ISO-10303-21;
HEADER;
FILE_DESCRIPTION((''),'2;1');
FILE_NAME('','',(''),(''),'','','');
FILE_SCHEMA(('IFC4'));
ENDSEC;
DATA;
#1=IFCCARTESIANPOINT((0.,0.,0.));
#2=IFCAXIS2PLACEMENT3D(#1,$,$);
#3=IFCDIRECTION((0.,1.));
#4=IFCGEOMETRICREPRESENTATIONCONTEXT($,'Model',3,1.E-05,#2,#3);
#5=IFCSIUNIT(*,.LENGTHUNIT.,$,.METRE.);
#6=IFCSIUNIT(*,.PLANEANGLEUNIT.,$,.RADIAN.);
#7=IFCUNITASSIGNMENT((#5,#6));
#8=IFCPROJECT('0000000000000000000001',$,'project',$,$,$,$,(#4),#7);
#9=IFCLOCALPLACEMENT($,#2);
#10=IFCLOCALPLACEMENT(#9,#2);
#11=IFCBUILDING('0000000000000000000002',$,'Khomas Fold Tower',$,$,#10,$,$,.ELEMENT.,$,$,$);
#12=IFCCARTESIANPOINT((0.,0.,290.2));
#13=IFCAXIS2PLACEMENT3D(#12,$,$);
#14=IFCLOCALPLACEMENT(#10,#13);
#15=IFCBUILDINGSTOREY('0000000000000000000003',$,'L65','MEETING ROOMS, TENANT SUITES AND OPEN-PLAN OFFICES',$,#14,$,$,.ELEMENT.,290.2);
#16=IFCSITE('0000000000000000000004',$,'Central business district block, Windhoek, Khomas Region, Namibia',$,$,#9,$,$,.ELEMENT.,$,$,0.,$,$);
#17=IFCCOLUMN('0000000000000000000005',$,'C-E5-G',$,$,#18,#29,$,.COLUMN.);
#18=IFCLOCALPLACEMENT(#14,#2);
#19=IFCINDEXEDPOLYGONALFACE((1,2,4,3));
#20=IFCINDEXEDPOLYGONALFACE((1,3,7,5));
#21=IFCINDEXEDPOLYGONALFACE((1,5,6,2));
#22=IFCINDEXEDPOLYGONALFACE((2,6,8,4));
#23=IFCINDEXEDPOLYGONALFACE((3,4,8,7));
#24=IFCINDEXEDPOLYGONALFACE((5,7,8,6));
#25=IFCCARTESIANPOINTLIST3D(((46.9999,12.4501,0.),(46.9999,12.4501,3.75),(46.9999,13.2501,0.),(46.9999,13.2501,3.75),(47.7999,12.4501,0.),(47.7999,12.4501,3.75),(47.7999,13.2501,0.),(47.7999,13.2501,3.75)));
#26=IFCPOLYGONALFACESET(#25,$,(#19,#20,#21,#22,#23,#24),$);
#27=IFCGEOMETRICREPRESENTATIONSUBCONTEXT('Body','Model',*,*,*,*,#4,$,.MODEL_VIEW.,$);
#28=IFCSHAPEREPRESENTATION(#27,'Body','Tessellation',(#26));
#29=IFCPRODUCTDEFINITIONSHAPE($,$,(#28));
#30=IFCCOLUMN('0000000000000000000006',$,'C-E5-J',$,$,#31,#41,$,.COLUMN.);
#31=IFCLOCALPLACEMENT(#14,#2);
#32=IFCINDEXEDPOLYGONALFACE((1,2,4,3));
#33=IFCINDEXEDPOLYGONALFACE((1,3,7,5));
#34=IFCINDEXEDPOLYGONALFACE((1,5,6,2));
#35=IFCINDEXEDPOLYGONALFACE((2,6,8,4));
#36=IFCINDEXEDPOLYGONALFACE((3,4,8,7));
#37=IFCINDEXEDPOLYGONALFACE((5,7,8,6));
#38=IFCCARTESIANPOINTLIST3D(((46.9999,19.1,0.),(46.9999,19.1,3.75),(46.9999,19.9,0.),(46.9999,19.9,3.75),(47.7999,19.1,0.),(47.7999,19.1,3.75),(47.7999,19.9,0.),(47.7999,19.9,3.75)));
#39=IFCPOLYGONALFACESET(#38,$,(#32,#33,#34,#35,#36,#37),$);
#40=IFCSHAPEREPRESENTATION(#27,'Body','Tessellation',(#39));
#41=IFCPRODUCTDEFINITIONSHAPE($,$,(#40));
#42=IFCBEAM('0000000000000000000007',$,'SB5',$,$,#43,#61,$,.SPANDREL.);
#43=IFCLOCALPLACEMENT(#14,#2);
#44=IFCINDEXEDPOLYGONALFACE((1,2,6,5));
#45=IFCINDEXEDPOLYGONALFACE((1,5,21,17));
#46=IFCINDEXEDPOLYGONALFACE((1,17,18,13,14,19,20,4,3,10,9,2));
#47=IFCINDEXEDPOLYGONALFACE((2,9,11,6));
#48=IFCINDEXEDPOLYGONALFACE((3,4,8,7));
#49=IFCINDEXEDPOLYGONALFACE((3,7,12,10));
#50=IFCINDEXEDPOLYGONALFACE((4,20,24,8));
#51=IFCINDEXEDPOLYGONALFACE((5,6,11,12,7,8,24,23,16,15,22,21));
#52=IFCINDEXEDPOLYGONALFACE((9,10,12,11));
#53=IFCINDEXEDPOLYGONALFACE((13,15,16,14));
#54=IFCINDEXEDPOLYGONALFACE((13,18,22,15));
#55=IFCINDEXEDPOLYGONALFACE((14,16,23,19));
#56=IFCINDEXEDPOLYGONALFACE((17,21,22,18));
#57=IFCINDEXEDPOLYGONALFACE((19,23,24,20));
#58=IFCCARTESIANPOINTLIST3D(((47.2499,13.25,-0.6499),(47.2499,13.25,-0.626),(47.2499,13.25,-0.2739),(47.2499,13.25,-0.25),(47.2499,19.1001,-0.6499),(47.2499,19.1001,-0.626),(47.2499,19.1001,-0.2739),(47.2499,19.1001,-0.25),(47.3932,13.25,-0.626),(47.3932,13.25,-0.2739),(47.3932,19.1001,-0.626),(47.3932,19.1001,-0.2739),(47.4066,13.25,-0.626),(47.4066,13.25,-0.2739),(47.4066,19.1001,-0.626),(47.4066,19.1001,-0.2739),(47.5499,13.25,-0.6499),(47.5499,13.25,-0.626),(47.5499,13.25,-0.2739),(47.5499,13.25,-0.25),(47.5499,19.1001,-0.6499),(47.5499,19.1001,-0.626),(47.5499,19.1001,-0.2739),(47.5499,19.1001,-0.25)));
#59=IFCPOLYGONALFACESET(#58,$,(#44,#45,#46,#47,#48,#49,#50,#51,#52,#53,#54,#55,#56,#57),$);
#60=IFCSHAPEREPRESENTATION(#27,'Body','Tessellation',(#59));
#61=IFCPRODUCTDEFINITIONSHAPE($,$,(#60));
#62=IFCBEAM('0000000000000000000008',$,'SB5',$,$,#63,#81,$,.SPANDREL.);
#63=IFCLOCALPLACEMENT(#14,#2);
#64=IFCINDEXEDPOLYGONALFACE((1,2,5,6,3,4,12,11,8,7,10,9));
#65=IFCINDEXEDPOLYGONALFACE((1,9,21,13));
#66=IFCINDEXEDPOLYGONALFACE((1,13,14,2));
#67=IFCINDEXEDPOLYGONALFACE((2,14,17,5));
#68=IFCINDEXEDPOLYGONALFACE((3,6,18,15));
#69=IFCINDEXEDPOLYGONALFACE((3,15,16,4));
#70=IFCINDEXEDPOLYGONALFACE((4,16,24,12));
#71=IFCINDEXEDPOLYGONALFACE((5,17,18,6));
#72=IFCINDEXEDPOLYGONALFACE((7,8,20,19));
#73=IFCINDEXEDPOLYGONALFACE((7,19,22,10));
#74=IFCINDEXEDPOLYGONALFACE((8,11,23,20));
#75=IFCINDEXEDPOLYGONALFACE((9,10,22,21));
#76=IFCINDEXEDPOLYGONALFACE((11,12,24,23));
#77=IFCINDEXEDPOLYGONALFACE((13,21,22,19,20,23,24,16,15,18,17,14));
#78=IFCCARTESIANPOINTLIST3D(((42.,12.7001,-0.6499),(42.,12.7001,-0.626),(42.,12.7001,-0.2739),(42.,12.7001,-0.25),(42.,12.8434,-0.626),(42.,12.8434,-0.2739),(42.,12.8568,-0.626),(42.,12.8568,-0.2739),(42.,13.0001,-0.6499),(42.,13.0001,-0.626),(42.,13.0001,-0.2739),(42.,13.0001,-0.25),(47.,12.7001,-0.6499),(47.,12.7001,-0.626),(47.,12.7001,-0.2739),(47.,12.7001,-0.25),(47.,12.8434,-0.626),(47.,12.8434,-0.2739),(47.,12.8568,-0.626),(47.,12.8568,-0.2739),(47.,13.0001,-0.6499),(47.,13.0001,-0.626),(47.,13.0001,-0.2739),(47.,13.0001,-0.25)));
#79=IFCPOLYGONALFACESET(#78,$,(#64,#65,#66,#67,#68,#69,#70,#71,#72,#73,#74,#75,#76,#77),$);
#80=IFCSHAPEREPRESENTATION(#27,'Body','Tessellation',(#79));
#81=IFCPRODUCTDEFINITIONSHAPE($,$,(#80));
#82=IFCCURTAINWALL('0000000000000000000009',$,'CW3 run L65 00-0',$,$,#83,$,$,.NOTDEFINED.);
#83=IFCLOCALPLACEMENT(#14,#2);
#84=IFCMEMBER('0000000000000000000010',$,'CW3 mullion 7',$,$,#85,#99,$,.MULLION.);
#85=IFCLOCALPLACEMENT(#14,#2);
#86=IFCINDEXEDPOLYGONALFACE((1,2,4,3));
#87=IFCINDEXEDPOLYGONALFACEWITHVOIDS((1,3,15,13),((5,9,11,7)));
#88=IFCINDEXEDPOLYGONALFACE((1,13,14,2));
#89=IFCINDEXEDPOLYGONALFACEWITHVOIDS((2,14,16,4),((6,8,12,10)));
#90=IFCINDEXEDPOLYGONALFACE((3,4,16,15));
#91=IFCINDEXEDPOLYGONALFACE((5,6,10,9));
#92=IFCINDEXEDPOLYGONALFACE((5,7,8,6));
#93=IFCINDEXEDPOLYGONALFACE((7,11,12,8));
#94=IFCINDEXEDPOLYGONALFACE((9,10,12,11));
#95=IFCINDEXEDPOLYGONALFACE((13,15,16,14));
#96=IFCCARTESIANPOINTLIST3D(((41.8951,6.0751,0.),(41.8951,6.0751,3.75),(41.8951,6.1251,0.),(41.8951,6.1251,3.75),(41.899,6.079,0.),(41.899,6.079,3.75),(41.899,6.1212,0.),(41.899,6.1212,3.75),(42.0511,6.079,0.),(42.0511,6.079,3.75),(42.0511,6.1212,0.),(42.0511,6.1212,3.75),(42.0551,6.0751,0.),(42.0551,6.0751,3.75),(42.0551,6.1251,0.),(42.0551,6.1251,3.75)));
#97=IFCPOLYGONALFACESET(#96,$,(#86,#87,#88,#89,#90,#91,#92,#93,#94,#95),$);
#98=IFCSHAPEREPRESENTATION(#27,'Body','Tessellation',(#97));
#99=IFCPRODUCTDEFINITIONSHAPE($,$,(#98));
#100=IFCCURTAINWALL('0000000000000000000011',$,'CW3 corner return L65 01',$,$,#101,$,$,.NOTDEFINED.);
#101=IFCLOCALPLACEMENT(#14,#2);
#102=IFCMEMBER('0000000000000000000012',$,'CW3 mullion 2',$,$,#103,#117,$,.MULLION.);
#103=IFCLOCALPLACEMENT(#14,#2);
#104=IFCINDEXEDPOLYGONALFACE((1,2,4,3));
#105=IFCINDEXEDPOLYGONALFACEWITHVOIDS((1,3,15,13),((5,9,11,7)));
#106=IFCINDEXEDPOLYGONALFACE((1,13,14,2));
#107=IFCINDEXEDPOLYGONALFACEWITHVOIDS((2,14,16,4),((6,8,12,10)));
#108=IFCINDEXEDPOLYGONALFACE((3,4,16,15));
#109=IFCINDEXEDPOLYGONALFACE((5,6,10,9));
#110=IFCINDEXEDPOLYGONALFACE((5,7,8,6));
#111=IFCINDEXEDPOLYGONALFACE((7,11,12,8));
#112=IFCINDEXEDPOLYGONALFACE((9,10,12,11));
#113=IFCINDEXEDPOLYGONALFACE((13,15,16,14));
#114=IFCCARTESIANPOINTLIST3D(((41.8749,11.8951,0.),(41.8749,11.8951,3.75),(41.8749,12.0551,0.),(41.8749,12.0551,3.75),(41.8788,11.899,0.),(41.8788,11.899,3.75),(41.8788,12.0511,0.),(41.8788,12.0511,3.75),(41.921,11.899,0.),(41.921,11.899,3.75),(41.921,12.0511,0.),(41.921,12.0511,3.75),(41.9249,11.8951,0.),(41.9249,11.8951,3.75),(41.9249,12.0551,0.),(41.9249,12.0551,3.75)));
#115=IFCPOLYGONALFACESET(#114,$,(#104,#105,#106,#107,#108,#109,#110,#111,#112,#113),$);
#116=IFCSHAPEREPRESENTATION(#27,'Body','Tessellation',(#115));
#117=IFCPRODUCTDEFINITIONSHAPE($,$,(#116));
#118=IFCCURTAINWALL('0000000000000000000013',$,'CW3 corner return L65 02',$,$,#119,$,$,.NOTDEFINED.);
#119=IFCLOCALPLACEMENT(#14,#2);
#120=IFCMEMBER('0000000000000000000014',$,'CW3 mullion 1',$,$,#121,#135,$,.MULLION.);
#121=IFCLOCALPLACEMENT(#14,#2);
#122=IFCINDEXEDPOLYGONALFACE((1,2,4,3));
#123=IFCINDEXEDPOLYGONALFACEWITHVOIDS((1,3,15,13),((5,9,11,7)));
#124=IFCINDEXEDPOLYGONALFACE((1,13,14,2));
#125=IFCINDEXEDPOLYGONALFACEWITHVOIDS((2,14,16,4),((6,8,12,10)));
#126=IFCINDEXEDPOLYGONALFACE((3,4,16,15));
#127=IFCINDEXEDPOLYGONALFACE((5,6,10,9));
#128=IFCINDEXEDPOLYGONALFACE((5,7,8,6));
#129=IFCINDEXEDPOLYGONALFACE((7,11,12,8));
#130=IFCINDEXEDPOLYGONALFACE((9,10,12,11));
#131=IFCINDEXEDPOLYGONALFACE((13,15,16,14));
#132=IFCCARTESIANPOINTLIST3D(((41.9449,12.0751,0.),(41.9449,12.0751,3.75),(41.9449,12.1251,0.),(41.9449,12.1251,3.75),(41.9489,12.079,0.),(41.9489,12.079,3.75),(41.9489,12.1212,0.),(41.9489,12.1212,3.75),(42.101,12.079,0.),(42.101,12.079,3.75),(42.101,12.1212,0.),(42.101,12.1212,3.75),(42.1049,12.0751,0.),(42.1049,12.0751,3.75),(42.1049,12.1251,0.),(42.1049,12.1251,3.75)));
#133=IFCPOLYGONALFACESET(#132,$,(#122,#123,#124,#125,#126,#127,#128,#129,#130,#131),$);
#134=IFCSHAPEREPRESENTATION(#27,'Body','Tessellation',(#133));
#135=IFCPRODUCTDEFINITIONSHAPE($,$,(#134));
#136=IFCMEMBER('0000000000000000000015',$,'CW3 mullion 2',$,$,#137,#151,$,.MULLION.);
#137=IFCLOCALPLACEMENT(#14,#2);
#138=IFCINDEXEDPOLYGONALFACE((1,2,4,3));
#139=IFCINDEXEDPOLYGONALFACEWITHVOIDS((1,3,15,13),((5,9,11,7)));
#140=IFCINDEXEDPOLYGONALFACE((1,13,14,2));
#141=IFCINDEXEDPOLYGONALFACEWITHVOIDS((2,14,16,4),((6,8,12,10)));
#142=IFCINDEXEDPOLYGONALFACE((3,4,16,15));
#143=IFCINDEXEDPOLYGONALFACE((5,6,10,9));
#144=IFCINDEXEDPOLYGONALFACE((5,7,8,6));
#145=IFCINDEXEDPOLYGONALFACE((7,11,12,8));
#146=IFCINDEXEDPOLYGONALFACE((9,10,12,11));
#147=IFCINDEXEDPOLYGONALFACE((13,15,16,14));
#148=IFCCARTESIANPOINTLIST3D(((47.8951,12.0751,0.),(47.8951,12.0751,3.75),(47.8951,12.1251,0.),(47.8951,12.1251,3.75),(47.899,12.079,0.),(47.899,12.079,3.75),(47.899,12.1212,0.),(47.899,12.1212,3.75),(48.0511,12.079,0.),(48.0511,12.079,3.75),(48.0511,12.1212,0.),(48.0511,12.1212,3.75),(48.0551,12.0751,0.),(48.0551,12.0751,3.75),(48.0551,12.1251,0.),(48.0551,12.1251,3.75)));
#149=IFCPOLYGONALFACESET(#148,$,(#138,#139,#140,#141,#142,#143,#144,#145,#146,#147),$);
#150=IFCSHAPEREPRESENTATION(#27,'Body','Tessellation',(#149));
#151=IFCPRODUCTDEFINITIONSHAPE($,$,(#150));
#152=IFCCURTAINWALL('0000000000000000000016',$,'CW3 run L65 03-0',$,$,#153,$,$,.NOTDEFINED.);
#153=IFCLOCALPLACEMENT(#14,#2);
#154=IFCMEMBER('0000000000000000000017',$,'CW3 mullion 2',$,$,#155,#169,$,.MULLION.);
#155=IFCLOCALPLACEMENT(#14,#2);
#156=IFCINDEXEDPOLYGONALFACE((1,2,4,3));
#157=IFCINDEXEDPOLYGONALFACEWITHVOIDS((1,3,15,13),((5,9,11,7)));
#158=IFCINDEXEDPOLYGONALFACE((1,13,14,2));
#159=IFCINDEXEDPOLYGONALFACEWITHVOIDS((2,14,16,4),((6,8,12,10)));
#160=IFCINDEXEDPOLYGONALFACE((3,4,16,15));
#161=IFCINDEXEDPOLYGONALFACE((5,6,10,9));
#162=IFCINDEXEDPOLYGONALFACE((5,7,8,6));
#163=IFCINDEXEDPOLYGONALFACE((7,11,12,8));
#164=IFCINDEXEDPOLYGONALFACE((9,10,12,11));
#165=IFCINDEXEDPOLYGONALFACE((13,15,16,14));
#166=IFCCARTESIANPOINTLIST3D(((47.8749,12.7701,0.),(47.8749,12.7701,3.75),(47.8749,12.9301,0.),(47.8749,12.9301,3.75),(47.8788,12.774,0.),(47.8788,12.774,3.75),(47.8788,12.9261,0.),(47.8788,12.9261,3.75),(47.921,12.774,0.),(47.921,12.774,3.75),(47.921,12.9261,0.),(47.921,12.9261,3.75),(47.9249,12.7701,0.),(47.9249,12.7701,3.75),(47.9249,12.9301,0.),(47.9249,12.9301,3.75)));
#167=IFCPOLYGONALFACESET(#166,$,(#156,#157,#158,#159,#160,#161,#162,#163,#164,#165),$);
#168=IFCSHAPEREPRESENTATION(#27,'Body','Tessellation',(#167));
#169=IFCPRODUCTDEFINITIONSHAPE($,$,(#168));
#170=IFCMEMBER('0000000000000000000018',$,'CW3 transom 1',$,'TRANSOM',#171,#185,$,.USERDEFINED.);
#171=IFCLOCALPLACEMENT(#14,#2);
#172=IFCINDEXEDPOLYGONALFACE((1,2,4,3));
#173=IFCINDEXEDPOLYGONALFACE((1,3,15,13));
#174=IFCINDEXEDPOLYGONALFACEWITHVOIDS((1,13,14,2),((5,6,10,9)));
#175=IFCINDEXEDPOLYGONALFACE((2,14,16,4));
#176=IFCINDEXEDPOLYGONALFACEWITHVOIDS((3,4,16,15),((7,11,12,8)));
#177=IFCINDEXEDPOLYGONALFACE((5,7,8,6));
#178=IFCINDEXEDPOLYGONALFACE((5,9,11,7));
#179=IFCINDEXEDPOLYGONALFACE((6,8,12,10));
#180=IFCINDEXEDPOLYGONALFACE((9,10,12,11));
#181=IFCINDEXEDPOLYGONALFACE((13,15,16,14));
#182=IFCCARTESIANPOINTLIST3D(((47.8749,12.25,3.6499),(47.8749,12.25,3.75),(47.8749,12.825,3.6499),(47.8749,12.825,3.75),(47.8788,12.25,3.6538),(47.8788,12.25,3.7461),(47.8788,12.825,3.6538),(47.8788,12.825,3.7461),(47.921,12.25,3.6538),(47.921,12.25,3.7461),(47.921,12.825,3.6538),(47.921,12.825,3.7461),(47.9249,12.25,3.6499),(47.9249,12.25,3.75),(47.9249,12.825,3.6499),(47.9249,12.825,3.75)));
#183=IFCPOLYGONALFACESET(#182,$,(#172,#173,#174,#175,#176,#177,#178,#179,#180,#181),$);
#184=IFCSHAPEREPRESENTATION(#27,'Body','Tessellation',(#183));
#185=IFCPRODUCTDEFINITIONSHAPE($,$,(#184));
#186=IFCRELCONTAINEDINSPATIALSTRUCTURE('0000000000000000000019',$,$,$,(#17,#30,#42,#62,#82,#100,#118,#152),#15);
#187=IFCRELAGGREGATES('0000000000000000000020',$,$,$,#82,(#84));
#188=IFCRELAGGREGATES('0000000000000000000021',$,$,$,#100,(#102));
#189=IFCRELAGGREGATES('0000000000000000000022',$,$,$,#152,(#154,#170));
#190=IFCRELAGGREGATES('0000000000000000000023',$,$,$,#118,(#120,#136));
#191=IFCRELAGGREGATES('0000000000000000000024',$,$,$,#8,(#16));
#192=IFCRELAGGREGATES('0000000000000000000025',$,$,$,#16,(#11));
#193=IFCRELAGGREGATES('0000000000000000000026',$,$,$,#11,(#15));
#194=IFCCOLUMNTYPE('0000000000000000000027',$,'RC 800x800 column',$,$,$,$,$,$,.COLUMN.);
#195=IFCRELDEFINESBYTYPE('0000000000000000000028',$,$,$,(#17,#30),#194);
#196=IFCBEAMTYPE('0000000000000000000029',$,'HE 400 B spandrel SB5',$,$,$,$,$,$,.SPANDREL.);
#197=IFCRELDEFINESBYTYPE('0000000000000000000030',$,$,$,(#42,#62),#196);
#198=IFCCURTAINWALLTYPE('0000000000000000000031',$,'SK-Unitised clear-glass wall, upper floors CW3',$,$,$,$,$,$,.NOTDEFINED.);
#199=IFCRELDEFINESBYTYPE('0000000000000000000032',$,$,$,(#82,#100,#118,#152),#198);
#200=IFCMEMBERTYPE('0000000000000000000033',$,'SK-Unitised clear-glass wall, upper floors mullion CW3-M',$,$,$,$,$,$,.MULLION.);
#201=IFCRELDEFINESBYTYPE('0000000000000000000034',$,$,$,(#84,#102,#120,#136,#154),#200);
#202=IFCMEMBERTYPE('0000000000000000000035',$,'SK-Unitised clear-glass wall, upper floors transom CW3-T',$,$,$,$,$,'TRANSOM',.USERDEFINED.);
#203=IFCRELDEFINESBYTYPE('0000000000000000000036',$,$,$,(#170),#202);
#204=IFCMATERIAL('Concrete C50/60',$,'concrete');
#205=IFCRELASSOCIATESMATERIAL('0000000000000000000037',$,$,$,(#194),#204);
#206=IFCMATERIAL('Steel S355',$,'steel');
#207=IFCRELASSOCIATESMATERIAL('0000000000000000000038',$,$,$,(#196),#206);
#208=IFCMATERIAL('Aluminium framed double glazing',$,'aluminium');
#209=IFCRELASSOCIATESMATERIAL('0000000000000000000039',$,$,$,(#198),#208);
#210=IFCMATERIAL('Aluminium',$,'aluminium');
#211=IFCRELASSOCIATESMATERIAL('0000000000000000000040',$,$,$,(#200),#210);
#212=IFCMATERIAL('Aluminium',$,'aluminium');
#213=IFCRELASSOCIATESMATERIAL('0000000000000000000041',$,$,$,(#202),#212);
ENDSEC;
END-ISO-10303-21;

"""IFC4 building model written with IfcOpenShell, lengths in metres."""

from ifc_helpers import new_model, si_unit, direction, frame, origin, origin_2d, place, context, subcontext, project, spatial, rectangle, hollow_rectangle, i_section, extrude, source, transform, mapped, material, material_profile, profile_set, type_object, element, aggregate, save


model = new_model("IFC4")

# Units and contexts
model_context = context("Model", 3, precision=1e-05, world=origin(), true_north=direction((0.0, 1.0)))
body_context = subcontext(model_context, "Body", "Model", "MODEL_VIEW")
ifc_project = project(units=[si_unit("LENGTHUNIT", "METRE"), si_unit("PLANEANGLEUNIT", "RADIAN")], contexts=[model_context])

# Site, building, storey
site_placement = place(None, origin())
site = spatial("IfcSite", under=ifc_project, at=site_placement, Name="Central business district block, Windhoek, Khomas Region, Namibia", CompositionType="ELEMENT", RefElevation=0.0)
building_placement = place(site_placement, origin())
building = spatial("IfcBuilding", under=site, at=building_placement, Name="Khomas Fold Tower", CompositionType="ELEMENT")
storey_placement = place(building_placement, frame((0.0, 0.0, 290.2)))
storey = spatial("IfcBuildingStorey", under=building, at=storey_placement, Name="L65", Description="MEETING ROOMS, TENANT SUITES AND OPEN-PLAN OFFICES", CompositionType="ELEMENT", Elevation=290.2)

# Columns
ifc_material_1 = material(Name="Concrete C50/60", Category="concrete")
ifc_material_profile_1 = material_profile(ifc_material_1, rectangle(XDim=0.8, YDim=0.8, at=origin_2d()), Name="RC 800x800")
ifc_profile_set_1 = profile_set([ifc_material_profile_1], Name="Concrete C50/60")
column_type = type_object("IfcColumnType", Name="RC 800x800 column", PredefinedType="COLUMN", material=ifc_profile_set_1)
shared_shape_1 = source(origin(), body_context, "Body", "SweptSolid", [
    extrude(rectangle(XDim=0.8, YDim=0.8, at=origin_2d()), origin(), (0.0, 0.0, 1.0), 3.75),
])
for number, where, z_axis, x_axis, name in (
    (1, (47.3999, 12.8501, 0.0), (0.0, 0.0, 1.0), (1.0, 0.0, 0.0), "C-E5-G"),
    (2, (47.3999, 19.5, 0.0), (0.0, 0.0, 1.0), (1.0, 0.0, 0.0), "C-E5-J"),
):
    element("IfcColumn", number, at=place(storey_placement, frame(where, z_axis=z_axis, x_axis=x_axis)), inside=storey, type_object=column_type, Name=name, PredefinedType="COLUMN", context=body_context, shape_type="MappedRepresentation", body=[
        mapped(shared_shape_1, transform((0.0, 0.0, 0.0))),
    ])

# Beams
ifc_material_2 = material(Name="Steel S355", Category="steel")
ifc_material_profile_2 = material_profile(ifc_material_2, i_section(OverallWidth=0.3, OverallDepth=0.3999, WebThickness=0.0134, FlangeThickness=0.0239, at=origin_2d()), Name="HE 400 B")
ifc_profile_set_2 = profile_set([ifc_material_profile_2], Name="Steel S355")
beam_type = type_object("IfcBeamType", Name="HE 400 B spandrel SB5", PredefinedType="SPANDREL", material=ifc_profile_set_2)
shared_shape_2 = source(origin(), body_context, "Body", "SweptSolid", [
    extrude(i_section(OverallWidth=0.3, OverallDepth=0.3999, WebThickness=0.0134, FlangeThickness=0.0239, at=origin_2d()), origin(), (0.0, 0.0, 1.0), 5.8501),
])
beam_1_placement = place(storey_placement, frame((47.3999, 13.25, -0.45), z_axis=(0.0, 1.0, 0.0), x_axis=(-1.0, 0.0, 0.0)))
element("IfcBeam", 3, at=beam_1_placement, inside=storey, type_object=beam_type, Name="SB5", PredefinedType="SPANDREL", context=body_context, shape_type="MappedRepresentation", body=[
    mapped(shared_shape_2, transform((0.0, 0.0, 0.0))),
])
shared_shape_3 = source(origin(), body_context, "Body", "SweptSolid", [
    extrude(i_section(OverallWidth=0.3, OverallDepth=0.3999, WebThickness=0.0134, FlangeThickness=0.0239, at=origin_2d()), origin(), (0.0, 0.0, 1.0), 5.0),
])
beam_2_placement = place(storey_placement, frame((42.0, 12.8501, -0.45), z_axis=(1.0, 0.0, 0.0), x_axis=(0.0, 1.0, 0.0)))
element("IfcBeam", 4, at=beam_2_placement, inside=storey, type_object=beam_type, Name="SB5", PredefinedType="SPANDREL", context=body_context, shape_type="MappedRepresentation", body=[
    mapped(shared_shape_3, transform((0.0, 0.0, 0.0))),
])

# Curtain walls, members
ifc_material_3 = material(Name="Aluminium framed double glazing", Category="aluminium")
curtain_wall_type = type_object("IfcCurtainWallType", Name="SK-Unitised clear-glass wall, upper floors CW3", PredefinedType="NOTDEFINED", material=ifc_material_3)
curtain_wall_1_placement = place(storey_placement, origin())
curtain_wall_1 = element("IfcCurtainWall", 5, at=curtain_wall_1_placement, inside=storey, type_object=curtain_wall_type, Name="CW3 run L65 00-0", PredefinedType="NOTDEFINED")
ifc_material_4 = material(Name="Aluminium", Category="aluminium")
ifc_material_profile_3 = material_profile(ifc_material_4, hollow_rectangle(XDim=0.05, YDim=0.1599, WallThickness=0.0039, at=origin_2d()), Name="SK-Unitised clear-glass wall, upper floors mullion CW3-M")
ifc_profile_set_3 = profile_set([ifc_material_profile_3], Name="Aluminium")
member_type_1 = type_object("IfcMemberType", Name="SK-Unitised clear-glass wall, upper floors mullion CW3-M", PredefinedType="MULLION", material=ifc_profile_set_3)
shared_shape_4 = source(origin(), body_context, "Body", "SweptSolid", [
    extrude(hollow_rectangle(XDim=0.05, YDim=0.1599, WallThickness=0.0039, at=origin_2d()), origin(), (0.0, 0.0, 1.0), 3.75),
])
member_1_placement = place(storey_placement, frame((41.9751, 6.1001, 0.0), z_axis=(0.0, 0.0, 1.0), x_axis=(0.0, 1.0, 0.0)))
member_1 = element("IfcMember", 6, at=member_1_placement, type_object=member_type_1, Name="CW3 mullion 7", PredefinedType="MULLION", context=body_context, shape_type="MappedRepresentation", body=[
    mapped(shared_shape_4, transform((0.0, 0.0, 0.0))),
])
aggregate(curtain_wall_1, [member_1])
curtain_wall_2_placement = place(storey_placement, origin())
curtain_wall_2 = element("IfcCurtainWall", 7, at=curtain_wall_2_placement, inside=storey, type_object=curtain_wall_type, Name="CW3 corner return L65 01", PredefinedType="NOTDEFINED")
member_2_placement = place(storey_placement, frame((41.8999, 11.9751, 0.0), z_axis=(0.0, 0.0, 1.0), x_axis=(-1.0, 0.0, 0.0)))
member_2 = element("IfcMember", 8, at=member_2_placement, type_object=member_type_1, Name="CW3 mullion 2", PredefinedType="MULLION", context=body_context, shape_type="MappedRepresentation", body=[
    mapped(shared_shape_4, transform((0.0, 0.0, 0.0))),
])
aggregate(curtain_wall_2, [member_2])

# Curtain walls, members
curtain_wall_3_placement = place(storey_placement, origin())
curtain_wall_3 = element("IfcCurtainWall", 9, at=curtain_wall_3_placement, inside=storey, type_object=curtain_wall_type, Name="CW3 corner return L65 02", PredefinedType="NOTDEFINED")
member_3_placement = place(storey_placement, frame((42.0249, 12.1001, 0.0), z_axis=(0.0, 0.0, 1.0), x_axis=(0.0, 1.0, 0.0)))
member_3 = element("IfcMember", 10, at=member_3_placement, type_object=member_type_1, Name="CW3 mullion 1", PredefinedType="MULLION", context=body_context, shape_type="MappedRepresentation", body=[
    mapped(shared_shape_4, transform((0.0, 0.0, 0.0))),
])
member_4_placement = place(storey_placement, frame((47.9751, 12.1001, 0.0), z_axis=(0.0, 0.0, 1.0), x_axis=(0.0, 1.0, 0.0)))
member_4 = element("IfcMember", 11, at=member_4_placement, type_object=member_type_1, Name="CW3 mullion 2", PredefinedType="MULLION", context=body_context, shape_type="MappedRepresentation", body=[
    mapped(shared_shape_4, transform((0.0, 0.0, 0.0))),
])
curtain_wall_4_placement = place(storey_placement, origin())
curtain_wall_4 = element("IfcCurtainWall", 12, at=curtain_wall_4_placement, inside=storey, type_object=curtain_wall_type, Name="CW3 run L65 03-0", PredefinedType="NOTDEFINED")
member_5_placement = place(storey_placement, frame((47.8999, 12.8501, 0.0), z_axis=(0.0, 0.0, 1.0), x_axis=(-1.0, 0.0, 0.0)))
member_5 = element("IfcMember", 13, at=member_5_placement, type_object=member_type_1, Name="CW3 mullion 2", PredefinedType="MULLION", context=body_context, shape_type="MappedRepresentation", body=[
    mapped(shared_shape_4, transform((0.0, 0.0, 0.0))),
])
ifc_material_5 = material(Name="Aluminium", Category="aluminium")
ifc_material_profile_4 = material_profile(ifc_material_5, hollow_rectangle(XDim=0.05, YDim=0.1001, WallThickness=0.0039, at=origin_2d()), Name="SK-Unitised clear-glass wall, upper floors transom CW3-T")
ifc_profile_set_4 = profile_set([ifc_material_profile_4], Name="Aluminium")
member_type_2 = type_object("IfcMemberType", Name="SK-Unitised clear-glass wall, upper floors transom CW3-T", ElementType="TRANSOM", PredefinedType="USERDEFINED", material=ifc_profile_set_4)
shared_shape_5 = source(origin(), body_context, "Body", "SweptSolid", [
    extrude(hollow_rectangle(XDim=0.05, YDim=0.1001, WallThickness=0.0039, at=origin_2d()), origin(), (0.0, 0.0, 1.0), 0.575),
])
member_6_placement = place(storey_placement, frame((47.8999, 12.25, 3.7), z_axis=(0.0, 1.0, 0.0), x_axis=(-1.0, 0.0, 0.0)))
member_6 = element("IfcMember", 14, at=member_6_placement, type_object=member_type_2, Name="CW3 transom 1", ObjectType="TRANSOM", PredefinedType="USERDEFINED", context=body_context, shape_type="MappedRepresentation", body=[
    mapped(shared_shape_5, transform((0.0, 0.0, 0.0))),
])

aggregate(curtain_wall_4, [member_5, member_6])
aggregate(curtain_wall_3, [member_3, member_4])

save(model, "model.ifc")
